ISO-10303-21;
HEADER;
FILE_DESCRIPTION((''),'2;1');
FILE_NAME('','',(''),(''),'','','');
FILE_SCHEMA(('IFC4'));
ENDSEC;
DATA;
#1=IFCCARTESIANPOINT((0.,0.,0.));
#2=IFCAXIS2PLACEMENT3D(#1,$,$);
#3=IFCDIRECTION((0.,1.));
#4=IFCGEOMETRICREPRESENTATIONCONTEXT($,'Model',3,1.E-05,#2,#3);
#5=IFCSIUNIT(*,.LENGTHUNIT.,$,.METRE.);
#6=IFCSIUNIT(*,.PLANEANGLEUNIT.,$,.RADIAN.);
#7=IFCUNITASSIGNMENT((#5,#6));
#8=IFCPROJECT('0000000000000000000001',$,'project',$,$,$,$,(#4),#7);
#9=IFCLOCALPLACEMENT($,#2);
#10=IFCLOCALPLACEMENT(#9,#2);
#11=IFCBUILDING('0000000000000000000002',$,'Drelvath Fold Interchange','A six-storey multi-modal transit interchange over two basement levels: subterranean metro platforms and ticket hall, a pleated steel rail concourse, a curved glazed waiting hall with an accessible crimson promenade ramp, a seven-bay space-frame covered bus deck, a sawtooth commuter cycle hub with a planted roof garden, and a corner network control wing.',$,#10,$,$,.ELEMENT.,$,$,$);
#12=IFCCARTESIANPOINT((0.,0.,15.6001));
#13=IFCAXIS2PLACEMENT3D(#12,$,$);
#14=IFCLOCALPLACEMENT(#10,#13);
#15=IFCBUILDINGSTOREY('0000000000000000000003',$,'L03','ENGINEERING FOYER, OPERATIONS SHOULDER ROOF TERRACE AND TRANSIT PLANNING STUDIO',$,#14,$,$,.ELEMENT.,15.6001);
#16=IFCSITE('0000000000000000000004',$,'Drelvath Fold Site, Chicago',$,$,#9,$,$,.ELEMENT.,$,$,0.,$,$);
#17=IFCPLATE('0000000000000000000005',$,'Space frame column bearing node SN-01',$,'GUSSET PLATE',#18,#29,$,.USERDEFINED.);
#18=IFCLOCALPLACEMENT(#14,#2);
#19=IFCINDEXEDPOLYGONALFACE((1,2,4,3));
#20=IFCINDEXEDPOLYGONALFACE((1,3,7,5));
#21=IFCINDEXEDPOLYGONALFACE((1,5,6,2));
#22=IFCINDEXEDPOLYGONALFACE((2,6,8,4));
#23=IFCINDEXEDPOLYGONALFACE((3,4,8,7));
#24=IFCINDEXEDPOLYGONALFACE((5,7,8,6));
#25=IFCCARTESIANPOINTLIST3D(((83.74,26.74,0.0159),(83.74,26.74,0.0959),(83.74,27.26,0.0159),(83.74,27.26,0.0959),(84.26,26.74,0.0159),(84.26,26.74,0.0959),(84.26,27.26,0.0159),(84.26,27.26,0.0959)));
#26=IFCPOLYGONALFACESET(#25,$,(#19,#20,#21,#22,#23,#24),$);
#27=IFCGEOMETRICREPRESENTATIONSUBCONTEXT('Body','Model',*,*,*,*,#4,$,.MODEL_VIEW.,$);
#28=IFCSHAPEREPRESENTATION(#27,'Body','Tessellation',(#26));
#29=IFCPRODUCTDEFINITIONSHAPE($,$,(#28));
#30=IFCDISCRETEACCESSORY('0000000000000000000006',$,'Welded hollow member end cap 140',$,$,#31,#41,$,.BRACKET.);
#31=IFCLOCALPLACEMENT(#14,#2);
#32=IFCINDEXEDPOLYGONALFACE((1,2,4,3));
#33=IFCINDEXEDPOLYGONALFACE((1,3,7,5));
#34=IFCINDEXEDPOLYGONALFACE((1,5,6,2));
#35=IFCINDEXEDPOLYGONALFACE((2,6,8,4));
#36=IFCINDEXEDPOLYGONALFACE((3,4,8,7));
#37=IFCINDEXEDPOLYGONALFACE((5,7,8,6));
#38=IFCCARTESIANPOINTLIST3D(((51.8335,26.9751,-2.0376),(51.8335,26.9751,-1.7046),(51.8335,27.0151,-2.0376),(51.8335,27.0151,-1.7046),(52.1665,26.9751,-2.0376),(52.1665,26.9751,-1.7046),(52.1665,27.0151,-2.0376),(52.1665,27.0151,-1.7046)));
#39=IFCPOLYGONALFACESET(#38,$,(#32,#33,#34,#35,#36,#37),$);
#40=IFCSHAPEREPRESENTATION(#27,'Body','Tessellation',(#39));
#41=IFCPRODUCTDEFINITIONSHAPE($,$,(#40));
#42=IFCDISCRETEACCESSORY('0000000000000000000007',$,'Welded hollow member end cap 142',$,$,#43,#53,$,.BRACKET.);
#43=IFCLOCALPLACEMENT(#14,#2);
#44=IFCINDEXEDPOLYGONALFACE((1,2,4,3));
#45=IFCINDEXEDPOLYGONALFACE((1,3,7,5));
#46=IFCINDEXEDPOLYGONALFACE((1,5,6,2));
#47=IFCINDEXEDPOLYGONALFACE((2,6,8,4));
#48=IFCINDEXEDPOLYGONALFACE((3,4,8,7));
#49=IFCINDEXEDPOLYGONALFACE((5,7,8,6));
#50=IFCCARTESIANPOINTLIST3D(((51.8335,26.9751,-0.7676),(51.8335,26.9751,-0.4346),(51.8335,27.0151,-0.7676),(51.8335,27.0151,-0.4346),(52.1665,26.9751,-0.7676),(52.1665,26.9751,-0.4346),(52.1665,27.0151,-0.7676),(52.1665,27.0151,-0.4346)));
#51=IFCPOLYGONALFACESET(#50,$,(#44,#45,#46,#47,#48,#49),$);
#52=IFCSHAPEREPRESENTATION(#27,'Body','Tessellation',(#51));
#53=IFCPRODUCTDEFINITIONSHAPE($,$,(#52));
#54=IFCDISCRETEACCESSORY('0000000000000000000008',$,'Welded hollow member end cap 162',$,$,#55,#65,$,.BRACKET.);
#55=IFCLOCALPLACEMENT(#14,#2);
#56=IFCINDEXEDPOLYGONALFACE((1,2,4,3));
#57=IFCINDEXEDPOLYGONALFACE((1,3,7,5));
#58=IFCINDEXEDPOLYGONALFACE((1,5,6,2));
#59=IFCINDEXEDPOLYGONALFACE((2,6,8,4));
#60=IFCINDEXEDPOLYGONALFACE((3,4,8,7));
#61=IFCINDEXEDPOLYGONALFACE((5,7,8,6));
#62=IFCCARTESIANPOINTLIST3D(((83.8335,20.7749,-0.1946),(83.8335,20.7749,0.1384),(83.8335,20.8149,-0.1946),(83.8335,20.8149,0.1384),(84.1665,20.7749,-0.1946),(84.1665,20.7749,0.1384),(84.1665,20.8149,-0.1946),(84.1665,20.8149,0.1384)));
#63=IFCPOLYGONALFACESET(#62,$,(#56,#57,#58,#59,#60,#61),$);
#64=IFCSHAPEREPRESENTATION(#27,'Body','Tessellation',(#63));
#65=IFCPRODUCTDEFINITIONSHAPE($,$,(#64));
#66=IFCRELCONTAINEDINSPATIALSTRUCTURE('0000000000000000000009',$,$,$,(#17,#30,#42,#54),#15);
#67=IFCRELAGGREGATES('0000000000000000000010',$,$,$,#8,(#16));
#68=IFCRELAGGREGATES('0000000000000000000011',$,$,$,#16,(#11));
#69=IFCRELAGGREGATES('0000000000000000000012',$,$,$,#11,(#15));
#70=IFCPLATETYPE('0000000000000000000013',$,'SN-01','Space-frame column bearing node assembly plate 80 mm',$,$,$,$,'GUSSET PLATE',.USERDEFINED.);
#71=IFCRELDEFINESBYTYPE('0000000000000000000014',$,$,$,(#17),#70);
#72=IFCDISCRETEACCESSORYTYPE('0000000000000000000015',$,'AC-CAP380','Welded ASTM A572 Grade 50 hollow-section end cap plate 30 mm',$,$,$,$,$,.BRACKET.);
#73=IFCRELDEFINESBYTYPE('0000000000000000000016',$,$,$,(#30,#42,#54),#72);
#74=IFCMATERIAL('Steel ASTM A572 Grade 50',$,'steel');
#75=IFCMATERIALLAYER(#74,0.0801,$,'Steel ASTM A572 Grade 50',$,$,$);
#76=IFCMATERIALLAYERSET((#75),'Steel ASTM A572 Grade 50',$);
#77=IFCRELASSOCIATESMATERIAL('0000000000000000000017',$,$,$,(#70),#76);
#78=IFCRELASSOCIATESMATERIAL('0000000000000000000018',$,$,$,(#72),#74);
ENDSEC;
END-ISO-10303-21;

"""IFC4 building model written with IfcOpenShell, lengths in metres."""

from ifc_helpers import new_model, si_unit, direction, frame, origin, origin_2d, place, context, subcontext, project, spatial, rectangle, extrude, material, layer, layer_set, type_object, element, save


model = new_model("IFC4")

# Units and contexts
model_context = context("Model", 3, precision=1e-05, world=origin(), true_north=direction((0.0, 1.0)))
body_context = subcontext(model_context, "Body", "Model", "MODEL_VIEW")
ifc_project = project(units=[si_unit("LENGTHUNIT", "METRE"), si_unit("PLANEANGLEUNIT", "RADIAN")], contexts=[model_context])

# Site, building, storey
site_placement = place(None, origin())
site = spatial("IfcSite", under=ifc_project, at=site_placement, Name="Drelvath Fold Site, Chicago", CompositionType="ELEMENT", RefElevation=0.0)
building_placement = place(site_placement, origin())
building = spatial("IfcBuilding", under=site, at=building_placement, Name="Drelvath Fold Interchange", Description="A six-storey multi-modal transit interchange over two basement levels: subterranean metro platforms and ticket hall, a pleated steel rail concourse, a curved glazed waiting hall with an accessible crimson promenade ramp, a seven-bay space-frame covered bus deck, a sawtooth commuter cycle hub with a planted roof garden, and a corner network control wing.", CompositionType="ELEMENT")
storey_placement = place(building_placement, frame((0.0, 0.0, 15.6001)))
storey = spatial("IfcBuildingStorey", under=building, at=storey_placement, Name="L03", Description="ENGINEERING FOYER, OPERATIONS SHOULDER ROOF TERRACE AND TRANSIT PLANNING STUDIO", CompositionType="ELEMENT", Elevation=15.6001)

# Plate
ifc_material_1 = material(Name="Steel ASTM A572 Grade 50", Category="steel")
ifc_layer_1 = layer(ifc_material_1, 0.0801, Name="Steel ASTM A572 Grade 50")
ifc_layer_set_1 = layer_set([ifc_layer_1], Name="Steel ASTM A572 Grade 50")
plate_type_1 = type_object("IfcPlateType", Name="SN-01", Description="Space-frame column bearing node assembly plate 80 mm", ElementType="GUSSET PLATE", PredefinedType="USERDEFINED", material=ifc_layer_set_1)
plate_1_placement = place(storey_placement, frame((84.0, 27.0, 0.0159), z_axis=(0.0, 0.0, 1.0), x_axis=(1.0, 0.0, 0.0)))
element("IfcPlate", 1, at=plate_1_placement, inside=storey, type_object=plate_type_1, Name="Space frame column bearing node SN-01", ObjectType="GUSSET PLATE", PredefinedType="USERDEFINED", context=body_context, shape_type="SweptSolid", body=[
    extrude(rectangle(XDim=0.52, YDim=0.52, at=origin_2d()), origin(), (0.0, 0.0, 1.0), 0.0801),
])

# Discrete accessories
discrete_accessory_type = type_object("IfcDiscreteAccessoryType", Name="AC-CAP380", Description="Welded ASTM A572 Grade 50 hollow-section end cap plate 30 mm", PredefinedType="BRACKET", material=ifc_material_1)
for number, where, z_axis, x_axis, name in (
    (2, (52.0, 26.9951, -2.0376), (0.0, 0.0, 1.0), (1.0, 0.0, 0.0), "Welded hollow member end cap 140"),
    (3, (52.0, 26.9951, -0.7676), (0.0, 0.0, 1.0), (1.0, 0.0, 0.0), "Welded hollow member end cap 142"),
    (4, (84.0, 20.7949, -0.1946), (0.0, 0.0, 1.0), (1.0, 0.0, 0.0), "Welded hollow member end cap 162"),
):
    element("IfcDiscreteAccessory", number, at=place(storey_placement, frame(where, z_axis=z_axis, x_axis=x_axis)), inside=storey, type_object=discrete_accessory_type, Name=name, PredefinedType="BRACKET", context=body_context, shape_type="SweptSolid", body=[
        extrude(rectangle(XDim=0.333, YDim=0.04, at=origin_2d()), origin(), (0.0, 0.0, 1.0), 0.333),
    ])

save(model, "model.ifc")
